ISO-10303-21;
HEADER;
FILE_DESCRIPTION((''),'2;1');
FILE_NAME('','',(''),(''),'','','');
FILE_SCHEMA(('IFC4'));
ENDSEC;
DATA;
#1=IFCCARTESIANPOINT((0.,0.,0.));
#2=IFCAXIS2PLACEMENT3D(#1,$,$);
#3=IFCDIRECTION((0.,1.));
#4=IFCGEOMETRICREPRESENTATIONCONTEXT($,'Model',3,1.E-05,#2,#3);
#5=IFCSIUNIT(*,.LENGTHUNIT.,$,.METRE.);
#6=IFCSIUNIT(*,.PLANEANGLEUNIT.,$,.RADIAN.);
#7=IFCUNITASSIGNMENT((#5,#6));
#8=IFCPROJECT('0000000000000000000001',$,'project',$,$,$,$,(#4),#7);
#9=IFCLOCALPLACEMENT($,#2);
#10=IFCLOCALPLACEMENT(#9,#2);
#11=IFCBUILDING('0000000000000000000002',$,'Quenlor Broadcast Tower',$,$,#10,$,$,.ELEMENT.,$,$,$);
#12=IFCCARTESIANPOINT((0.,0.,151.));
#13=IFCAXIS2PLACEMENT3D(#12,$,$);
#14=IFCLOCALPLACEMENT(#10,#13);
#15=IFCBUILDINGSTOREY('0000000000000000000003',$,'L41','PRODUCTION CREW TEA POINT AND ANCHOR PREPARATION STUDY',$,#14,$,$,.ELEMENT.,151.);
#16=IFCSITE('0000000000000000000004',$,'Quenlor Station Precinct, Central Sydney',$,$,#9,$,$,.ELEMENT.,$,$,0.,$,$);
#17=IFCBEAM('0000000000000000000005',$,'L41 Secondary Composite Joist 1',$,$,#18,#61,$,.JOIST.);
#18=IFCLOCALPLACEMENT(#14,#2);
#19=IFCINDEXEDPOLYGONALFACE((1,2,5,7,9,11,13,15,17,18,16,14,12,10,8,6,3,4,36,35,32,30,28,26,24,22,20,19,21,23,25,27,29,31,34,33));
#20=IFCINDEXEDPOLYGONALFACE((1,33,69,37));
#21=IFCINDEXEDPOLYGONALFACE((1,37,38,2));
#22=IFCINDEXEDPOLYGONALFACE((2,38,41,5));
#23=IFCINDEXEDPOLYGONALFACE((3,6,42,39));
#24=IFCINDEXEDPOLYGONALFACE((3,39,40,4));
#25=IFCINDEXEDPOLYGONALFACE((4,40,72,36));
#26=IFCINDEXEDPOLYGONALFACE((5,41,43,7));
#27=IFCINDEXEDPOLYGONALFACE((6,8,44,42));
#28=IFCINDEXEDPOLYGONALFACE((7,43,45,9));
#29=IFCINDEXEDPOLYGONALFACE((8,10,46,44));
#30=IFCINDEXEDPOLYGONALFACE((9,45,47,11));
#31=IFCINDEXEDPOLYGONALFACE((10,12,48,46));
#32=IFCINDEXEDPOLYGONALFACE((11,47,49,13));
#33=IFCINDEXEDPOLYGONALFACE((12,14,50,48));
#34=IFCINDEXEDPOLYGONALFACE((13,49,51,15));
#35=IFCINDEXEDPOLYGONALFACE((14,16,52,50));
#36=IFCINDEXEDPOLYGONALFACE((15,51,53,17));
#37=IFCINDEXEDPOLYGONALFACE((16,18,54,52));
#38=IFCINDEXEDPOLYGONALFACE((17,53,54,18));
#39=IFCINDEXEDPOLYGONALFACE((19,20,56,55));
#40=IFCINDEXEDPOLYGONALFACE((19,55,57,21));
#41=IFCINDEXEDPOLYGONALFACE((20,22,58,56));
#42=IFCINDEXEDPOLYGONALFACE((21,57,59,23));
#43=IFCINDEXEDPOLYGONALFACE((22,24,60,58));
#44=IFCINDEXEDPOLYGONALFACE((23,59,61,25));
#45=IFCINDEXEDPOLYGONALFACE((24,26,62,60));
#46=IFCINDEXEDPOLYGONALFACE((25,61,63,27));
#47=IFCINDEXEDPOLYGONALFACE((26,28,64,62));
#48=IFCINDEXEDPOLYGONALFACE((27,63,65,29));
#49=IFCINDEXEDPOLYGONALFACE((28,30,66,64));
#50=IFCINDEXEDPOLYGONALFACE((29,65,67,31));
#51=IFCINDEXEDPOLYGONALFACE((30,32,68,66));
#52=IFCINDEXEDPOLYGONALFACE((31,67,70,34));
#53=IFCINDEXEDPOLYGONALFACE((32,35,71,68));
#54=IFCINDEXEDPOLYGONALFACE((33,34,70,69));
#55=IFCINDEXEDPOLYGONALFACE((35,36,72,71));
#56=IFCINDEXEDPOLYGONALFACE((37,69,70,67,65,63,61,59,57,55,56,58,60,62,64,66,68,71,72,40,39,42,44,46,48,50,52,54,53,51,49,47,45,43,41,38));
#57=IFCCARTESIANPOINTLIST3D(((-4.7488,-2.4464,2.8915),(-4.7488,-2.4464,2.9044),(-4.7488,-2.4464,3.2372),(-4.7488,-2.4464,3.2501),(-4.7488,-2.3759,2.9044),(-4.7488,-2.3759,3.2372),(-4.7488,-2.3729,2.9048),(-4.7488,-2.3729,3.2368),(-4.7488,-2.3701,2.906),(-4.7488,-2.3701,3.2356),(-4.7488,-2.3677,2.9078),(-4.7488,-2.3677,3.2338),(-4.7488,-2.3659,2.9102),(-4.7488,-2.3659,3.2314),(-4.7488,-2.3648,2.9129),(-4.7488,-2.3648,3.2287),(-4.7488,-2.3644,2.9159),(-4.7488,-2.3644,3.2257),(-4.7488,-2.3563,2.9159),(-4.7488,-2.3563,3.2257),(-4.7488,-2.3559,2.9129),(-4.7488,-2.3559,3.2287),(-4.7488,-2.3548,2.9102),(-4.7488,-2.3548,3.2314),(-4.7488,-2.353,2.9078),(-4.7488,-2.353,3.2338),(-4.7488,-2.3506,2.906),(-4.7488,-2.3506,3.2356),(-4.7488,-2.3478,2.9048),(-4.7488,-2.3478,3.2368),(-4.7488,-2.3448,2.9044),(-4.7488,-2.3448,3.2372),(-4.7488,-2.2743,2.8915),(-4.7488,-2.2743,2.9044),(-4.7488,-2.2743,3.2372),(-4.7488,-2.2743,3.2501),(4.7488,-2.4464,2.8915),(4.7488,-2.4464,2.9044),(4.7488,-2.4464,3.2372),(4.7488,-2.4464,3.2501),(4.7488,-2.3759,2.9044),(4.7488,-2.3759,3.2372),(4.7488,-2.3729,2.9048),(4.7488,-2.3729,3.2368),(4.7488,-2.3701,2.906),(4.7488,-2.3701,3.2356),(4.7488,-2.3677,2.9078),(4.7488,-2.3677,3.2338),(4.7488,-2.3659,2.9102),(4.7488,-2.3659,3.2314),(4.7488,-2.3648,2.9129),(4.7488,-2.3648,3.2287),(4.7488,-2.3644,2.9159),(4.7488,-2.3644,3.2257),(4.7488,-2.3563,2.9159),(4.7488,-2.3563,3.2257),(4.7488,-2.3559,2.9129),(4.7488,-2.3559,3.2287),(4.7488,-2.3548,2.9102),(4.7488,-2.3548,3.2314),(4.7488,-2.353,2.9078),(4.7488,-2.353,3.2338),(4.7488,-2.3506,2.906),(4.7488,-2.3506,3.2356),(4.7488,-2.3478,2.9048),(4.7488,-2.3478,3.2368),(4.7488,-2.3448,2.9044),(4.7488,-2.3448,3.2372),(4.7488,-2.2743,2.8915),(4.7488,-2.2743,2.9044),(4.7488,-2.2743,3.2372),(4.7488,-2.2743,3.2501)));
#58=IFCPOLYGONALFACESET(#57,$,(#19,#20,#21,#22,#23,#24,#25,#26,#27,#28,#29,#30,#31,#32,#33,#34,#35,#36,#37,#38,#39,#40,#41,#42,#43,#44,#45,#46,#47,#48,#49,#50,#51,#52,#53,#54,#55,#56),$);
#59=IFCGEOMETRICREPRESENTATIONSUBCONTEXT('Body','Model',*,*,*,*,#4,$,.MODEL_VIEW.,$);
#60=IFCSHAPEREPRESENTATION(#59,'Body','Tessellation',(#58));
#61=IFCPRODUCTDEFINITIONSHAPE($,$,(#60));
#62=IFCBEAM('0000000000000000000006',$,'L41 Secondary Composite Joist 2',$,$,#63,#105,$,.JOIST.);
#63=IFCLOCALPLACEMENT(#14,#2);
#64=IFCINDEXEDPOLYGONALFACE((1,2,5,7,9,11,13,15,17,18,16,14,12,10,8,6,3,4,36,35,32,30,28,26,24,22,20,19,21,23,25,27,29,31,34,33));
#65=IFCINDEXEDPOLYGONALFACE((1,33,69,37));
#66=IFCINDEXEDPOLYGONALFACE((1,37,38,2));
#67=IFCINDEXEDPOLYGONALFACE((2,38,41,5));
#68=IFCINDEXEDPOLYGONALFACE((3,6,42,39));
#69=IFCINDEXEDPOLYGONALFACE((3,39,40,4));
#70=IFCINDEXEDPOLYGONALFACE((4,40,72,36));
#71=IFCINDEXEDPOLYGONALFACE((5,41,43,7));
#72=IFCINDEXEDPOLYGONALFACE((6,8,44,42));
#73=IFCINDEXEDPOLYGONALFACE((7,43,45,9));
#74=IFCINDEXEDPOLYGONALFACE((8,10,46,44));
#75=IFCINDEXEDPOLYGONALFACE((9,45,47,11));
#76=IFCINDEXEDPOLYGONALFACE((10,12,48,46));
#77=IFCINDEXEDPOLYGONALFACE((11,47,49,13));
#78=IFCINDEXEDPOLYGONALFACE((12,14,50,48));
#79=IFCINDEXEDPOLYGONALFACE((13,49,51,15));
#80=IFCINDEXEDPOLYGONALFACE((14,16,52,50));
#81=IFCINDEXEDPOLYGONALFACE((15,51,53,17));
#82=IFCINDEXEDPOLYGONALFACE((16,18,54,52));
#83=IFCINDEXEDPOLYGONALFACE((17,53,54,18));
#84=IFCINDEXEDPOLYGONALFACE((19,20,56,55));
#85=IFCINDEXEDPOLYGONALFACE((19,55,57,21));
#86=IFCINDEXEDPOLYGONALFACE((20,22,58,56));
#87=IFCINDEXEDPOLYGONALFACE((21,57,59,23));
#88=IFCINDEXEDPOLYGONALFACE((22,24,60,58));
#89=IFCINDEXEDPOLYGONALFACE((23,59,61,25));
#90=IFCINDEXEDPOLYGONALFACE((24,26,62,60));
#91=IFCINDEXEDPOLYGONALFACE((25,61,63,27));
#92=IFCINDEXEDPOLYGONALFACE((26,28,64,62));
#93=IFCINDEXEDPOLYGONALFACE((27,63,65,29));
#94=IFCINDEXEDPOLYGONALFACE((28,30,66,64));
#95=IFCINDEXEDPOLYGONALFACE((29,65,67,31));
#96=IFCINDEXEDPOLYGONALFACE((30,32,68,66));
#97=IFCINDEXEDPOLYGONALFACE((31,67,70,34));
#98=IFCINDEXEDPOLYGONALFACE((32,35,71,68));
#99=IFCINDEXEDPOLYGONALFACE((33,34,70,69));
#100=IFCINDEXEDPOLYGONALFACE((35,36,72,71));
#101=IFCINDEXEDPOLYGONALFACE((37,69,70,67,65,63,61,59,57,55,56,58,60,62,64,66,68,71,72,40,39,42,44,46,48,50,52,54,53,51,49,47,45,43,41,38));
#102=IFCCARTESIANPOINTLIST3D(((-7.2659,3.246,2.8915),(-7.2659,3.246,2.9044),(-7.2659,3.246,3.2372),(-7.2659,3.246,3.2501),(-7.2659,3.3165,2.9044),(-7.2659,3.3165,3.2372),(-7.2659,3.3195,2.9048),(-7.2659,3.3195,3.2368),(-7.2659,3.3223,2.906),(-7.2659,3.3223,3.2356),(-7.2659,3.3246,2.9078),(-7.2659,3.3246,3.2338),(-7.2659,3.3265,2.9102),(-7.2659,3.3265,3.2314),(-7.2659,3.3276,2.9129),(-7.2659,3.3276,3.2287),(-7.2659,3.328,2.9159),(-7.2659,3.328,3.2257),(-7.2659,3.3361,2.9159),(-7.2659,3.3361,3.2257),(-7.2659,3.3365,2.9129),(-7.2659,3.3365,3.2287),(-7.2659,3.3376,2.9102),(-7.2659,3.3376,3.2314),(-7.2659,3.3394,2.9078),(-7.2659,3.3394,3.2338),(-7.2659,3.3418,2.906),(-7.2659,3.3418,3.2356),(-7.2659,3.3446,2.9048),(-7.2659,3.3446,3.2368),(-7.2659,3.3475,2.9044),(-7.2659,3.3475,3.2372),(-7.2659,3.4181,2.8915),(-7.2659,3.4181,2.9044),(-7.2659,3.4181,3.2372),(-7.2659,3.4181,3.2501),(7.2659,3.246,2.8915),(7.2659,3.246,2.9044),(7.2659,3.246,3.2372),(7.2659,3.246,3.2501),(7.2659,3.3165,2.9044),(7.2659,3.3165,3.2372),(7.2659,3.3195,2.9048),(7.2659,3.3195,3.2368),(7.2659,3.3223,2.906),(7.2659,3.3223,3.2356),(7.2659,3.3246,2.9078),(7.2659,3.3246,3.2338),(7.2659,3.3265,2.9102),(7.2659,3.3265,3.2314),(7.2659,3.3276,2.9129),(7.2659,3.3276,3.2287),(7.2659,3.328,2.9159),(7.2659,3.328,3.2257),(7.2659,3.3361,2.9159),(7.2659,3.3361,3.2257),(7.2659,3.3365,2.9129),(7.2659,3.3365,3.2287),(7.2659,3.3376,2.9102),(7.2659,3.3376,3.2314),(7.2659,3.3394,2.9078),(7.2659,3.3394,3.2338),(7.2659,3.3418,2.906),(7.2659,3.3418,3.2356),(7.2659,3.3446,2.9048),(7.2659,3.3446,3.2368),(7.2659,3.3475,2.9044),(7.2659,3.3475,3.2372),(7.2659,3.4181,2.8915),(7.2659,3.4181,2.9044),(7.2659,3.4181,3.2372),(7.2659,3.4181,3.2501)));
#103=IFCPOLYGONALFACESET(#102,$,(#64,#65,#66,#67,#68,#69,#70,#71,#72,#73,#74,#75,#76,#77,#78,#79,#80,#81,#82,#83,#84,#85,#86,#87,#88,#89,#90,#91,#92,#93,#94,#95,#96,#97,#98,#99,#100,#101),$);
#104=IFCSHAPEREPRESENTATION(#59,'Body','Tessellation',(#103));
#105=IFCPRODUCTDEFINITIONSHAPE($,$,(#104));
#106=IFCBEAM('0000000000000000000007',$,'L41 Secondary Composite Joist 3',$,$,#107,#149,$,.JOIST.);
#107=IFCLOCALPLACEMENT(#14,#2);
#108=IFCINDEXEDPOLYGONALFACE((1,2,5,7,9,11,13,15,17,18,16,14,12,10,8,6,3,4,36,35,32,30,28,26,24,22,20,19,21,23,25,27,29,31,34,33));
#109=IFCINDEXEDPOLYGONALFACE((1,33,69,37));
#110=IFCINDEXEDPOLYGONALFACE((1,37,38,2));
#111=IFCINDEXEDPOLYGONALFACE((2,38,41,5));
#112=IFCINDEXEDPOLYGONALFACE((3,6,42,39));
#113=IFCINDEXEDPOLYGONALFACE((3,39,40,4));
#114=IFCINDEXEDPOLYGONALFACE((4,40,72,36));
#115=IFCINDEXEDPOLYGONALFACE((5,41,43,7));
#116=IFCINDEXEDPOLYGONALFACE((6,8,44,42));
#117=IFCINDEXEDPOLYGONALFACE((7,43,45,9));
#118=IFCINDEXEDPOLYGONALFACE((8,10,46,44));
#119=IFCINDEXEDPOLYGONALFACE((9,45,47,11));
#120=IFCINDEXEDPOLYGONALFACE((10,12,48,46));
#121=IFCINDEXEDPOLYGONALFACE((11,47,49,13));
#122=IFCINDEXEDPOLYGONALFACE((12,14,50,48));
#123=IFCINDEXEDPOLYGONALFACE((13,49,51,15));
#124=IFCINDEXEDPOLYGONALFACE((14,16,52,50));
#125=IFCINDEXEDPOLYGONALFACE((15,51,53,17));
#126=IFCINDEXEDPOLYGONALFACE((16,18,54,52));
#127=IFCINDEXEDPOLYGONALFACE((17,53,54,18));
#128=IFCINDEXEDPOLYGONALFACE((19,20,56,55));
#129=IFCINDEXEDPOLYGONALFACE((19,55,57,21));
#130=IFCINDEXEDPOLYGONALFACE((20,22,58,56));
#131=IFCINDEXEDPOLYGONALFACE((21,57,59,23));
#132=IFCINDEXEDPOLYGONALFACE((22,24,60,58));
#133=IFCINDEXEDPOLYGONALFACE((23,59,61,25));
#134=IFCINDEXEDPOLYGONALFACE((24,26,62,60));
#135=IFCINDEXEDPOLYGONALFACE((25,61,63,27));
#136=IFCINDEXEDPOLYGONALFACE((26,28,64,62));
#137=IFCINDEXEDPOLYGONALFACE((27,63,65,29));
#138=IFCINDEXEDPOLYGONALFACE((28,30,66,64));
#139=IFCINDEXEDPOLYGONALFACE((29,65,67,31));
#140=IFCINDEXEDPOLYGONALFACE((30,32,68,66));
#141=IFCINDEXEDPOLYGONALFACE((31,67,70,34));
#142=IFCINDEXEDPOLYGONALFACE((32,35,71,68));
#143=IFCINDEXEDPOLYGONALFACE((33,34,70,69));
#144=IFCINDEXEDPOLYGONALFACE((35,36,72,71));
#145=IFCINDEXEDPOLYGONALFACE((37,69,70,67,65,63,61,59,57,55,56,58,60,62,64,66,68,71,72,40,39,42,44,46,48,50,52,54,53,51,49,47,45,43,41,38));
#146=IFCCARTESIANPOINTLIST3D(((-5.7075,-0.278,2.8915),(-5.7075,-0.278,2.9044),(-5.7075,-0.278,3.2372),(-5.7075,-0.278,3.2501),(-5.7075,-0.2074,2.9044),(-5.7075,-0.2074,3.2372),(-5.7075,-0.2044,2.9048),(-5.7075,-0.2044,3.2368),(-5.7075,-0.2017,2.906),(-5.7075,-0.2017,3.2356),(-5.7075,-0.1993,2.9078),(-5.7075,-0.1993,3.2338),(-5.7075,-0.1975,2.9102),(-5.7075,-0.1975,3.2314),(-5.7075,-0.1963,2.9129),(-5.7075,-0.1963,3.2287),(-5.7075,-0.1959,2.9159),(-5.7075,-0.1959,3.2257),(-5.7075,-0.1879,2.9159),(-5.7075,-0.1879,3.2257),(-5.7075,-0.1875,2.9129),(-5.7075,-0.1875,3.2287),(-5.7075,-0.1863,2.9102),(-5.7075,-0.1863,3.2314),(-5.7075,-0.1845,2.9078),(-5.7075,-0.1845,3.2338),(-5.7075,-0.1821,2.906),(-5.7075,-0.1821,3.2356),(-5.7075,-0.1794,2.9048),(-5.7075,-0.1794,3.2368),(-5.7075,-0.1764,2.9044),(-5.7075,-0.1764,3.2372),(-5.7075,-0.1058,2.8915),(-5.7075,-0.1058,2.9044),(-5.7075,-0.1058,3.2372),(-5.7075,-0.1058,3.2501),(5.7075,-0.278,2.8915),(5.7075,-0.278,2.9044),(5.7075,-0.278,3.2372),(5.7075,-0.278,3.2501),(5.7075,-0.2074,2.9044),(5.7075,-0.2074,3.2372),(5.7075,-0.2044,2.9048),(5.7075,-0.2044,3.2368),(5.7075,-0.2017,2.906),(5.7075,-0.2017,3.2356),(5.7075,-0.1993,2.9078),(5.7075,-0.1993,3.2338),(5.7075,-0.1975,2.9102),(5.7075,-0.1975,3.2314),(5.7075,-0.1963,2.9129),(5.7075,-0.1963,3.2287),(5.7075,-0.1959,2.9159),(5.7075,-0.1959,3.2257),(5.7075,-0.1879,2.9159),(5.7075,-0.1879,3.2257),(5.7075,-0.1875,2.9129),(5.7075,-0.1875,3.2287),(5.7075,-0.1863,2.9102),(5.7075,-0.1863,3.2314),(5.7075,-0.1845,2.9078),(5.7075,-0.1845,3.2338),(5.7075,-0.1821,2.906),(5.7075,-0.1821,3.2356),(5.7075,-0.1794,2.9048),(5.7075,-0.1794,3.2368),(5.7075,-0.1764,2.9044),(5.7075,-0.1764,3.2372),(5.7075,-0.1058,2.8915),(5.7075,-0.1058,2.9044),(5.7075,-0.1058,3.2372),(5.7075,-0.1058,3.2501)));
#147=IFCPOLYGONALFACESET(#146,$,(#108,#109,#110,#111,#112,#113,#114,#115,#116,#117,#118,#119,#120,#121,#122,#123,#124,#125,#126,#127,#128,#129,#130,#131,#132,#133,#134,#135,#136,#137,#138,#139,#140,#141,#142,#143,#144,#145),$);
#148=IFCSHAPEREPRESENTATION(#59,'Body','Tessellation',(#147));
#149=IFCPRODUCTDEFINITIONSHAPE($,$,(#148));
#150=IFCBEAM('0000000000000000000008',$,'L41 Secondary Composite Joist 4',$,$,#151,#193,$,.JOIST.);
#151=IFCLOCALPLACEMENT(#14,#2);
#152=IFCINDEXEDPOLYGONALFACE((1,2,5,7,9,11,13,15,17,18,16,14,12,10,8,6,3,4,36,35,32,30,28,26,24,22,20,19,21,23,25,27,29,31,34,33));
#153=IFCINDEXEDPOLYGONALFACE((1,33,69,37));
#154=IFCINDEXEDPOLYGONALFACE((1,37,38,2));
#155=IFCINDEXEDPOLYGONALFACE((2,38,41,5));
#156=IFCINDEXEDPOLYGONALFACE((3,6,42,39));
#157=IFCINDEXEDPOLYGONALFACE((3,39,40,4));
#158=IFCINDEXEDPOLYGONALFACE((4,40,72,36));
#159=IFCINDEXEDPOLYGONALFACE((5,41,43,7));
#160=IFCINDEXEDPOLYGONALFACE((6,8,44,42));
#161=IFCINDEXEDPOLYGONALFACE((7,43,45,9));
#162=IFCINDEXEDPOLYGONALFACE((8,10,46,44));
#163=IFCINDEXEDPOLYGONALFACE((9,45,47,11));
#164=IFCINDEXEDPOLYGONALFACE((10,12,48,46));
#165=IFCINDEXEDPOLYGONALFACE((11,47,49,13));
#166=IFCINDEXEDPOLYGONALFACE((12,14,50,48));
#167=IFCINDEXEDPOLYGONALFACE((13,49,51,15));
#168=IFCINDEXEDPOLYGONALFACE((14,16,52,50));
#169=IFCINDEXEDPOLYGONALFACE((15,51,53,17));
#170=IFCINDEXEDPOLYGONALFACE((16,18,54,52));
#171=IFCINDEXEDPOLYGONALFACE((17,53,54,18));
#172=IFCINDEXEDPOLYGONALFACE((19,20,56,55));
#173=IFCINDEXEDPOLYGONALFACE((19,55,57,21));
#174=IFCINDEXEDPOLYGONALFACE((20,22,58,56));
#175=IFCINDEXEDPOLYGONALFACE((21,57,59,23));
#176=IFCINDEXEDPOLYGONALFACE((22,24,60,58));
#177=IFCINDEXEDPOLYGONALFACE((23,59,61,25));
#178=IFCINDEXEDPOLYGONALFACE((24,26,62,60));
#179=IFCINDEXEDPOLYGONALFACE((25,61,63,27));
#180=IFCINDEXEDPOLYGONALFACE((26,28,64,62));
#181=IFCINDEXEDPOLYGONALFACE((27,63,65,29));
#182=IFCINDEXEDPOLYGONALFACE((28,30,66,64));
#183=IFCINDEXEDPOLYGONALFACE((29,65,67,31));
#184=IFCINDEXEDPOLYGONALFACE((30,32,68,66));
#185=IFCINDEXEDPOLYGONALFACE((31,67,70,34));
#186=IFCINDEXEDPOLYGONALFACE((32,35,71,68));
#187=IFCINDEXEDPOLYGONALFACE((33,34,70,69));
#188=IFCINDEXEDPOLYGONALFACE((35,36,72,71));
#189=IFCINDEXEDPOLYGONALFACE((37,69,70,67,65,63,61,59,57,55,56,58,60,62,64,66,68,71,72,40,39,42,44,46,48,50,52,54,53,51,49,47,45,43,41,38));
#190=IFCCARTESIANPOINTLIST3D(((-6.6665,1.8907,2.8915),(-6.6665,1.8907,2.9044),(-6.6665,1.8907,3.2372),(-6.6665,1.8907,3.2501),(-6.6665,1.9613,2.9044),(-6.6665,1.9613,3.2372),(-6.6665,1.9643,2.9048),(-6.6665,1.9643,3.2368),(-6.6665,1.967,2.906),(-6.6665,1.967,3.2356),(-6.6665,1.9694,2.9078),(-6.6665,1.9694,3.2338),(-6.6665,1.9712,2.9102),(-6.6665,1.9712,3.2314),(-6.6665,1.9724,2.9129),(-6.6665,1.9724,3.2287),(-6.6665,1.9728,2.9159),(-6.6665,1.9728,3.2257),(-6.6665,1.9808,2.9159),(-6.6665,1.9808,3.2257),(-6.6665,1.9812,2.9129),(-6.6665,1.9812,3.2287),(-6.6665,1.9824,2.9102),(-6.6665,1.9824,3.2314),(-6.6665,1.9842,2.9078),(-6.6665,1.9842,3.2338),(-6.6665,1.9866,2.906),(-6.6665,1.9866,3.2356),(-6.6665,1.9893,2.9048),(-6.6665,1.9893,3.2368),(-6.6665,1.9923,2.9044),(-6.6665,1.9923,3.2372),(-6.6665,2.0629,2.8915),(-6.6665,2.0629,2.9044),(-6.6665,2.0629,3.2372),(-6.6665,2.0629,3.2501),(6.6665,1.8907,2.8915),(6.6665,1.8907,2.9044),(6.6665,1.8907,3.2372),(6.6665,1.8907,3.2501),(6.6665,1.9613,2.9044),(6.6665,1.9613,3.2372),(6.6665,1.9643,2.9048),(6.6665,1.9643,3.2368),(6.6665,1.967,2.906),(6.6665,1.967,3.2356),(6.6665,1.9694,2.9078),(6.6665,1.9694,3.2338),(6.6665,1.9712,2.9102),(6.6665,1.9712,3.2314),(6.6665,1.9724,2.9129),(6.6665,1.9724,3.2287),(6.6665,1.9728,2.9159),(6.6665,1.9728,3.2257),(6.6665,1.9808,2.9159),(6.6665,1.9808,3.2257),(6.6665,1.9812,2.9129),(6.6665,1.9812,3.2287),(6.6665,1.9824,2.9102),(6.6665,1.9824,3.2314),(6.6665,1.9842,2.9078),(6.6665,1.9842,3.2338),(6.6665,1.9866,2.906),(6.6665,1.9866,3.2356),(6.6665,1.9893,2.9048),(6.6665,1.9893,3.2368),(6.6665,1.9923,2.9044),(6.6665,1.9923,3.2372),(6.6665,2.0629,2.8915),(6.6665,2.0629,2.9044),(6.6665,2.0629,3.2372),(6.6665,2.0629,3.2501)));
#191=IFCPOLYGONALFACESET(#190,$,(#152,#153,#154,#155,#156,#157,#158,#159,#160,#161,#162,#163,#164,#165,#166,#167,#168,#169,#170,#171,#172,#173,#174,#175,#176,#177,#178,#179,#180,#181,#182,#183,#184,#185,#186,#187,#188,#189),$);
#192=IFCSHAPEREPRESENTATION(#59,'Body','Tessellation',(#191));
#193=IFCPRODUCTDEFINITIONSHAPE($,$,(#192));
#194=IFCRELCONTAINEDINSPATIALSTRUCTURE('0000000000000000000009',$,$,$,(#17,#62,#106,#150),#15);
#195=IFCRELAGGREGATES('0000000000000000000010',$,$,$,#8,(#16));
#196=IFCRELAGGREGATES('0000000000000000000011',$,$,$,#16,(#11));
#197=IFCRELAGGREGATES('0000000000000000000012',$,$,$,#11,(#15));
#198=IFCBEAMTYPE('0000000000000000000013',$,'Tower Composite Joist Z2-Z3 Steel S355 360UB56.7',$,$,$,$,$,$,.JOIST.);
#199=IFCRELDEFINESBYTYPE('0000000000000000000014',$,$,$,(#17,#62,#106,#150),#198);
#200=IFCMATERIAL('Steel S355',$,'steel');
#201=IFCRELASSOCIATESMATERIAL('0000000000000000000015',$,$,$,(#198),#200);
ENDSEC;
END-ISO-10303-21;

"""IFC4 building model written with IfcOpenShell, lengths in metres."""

from ifc_helpers import new_model, si_unit, direction, frame, origin, origin_2d, place, context, subcontext, project, spatial, i_section, extrude, material, material_profile, profile_set, type_object, element, save


model = new_model("IFC4")

# Units and contexts
model_context = context("Model", 3, precision=1e-05, world=origin(), true_north=direction((0.0, 1.0)))
body_context = subcontext(model_context, "Body", "Model", "MODEL_VIEW")
ifc_project = project(units=[si_unit("LENGTHUNIT", "METRE"), si_unit("PLANEANGLEUNIT", "RADIAN")], contexts=[model_context])

# Site, building, storey
site_placement = place(None, origin())
site = spatial("IfcSite", under=ifc_project, at=site_placement, Name="Quenlor Station Precinct, Central Sydney", CompositionType="ELEMENT", RefElevation=0.0)
building_placement = place(site_placement, origin())
building = spatial("IfcBuilding", under=site, at=building_placement, Name="Quenlor Broadcast Tower", CompositionType="ELEMENT")
storey_placement = place(building_placement, frame((0.0, 0.0, 151.0)))
storey = spatial("IfcBuildingStorey", under=building, at=storey_placement, Name="L41", Description="PRODUCTION CREW TEA POINT AND ANCHOR PREPARATION STUDY", CompositionType="ELEMENT", Elevation=151.0)

# Beams
ifc_material_1 = material(Name="Steel S355", Category="steel")
ifc_material_profile_1 = material_profile(ifc_material_1, i_section(OverallWidth=0.1721, OverallDepth=0.3586, WebThickness=0.0081, FlangeThickness=0.0129, FilletRadius=0.0115, at=origin_2d()))
ifc_profile_set_1 = profile_set([ifc_material_profile_1], Name="Steel S355 360UB56.7")
beam_type_1 = type_object("IfcBeamType", Name="Tower Composite Joist Z2-Z3 Steel S355 360UB56.7", PredefinedType="JOIST", material=ifc_profile_set_1)
beam_1_placement = place(storey_placement, frame((-4.7488, -2.3604, 3.0708), z_axis=(1.0, 0.0, 0.0), x_axis=(0.0, 1.0, 0.0)))
element("IfcBeam", 1, at=beam_1_placement, inside=storey, type_object=beam_type_1, Name="L41 Secondary Composite Joist 1", PredefinedType="JOIST", context=body_context, shape_type="SweptSolid", body=[
    extrude(i_section(OverallWidth=0.1721, OverallDepth=0.3586, WebThickness=0.0081, FlangeThickness=0.0129, FilletRadius=0.0115, at=origin_2d()), origin(), (0.0, 0.0, 1.0), 9.4976),
])
beam_2_placement = place(storey_placement, frame((-7.2659, 3.332, 3.0708), z_axis=(1.0, 0.0, 0.0), x_axis=(0.0, 1.0, 0.0)))
element("IfcBeam", 2, at=beam_2_placement, inside=storey, type_object=beam_type_1, Name="L41 Secondary Composite Joist 2", PredefinedType="JOIST", context=body_context, shape_type="SweptSolid", body=[
    extrude(i_section(OverallWidth=0.1721, OverallDepth=0.3586, WebThickness=0.0081, FlangeThickness=0.0129, FilletRadius=0.0115, at=origin_2d()), origin(), (0.0, 0.0, 1.0), 14.5317),
])
beam_3_placement = place(storey_placement, frame((-5.7075, -0.1919, 3.0708), z_axis=(1.0, 0.0, 0.0), x_axis=(0.0, 1.0, 0.0)))
element("IfcBeam", 3, at=beam_3_placement, inside=storey, type_object=beam_type_1, Name="L41 Secondary Composite Joist 3", PredefinedType="JOIST", context=body_context, shape_type="SweptSolid", body=[
    extrude(i_section(OverallWidth=0.1721, OverallDepth=0.3586, WebThickness=0.0081, FlangeThickness=0.0129, FilletRadius=0.0115, at=origin_2d()), origin(), (0.0, 0.0, 1.0), 11.415),
])
beam_4_placement = place(storey_placement, frame((-6.6665, 1.9768, 3.0708), z_axis=(1.0, 0.0, 0.0), x_axis=(0.0, 1.0, 0.0)))
element("IfcBeam", 4, at=beam_4_placement, inside=storey, type_object=beam_type_1, Name="L41 Secondary Composite Joist 4", PredefinedType="JOIST", context=body_context, shape_type="SweptSolid", body=[
    extrude(i_section(OverallWidth=0.1721, OverallDepth=0.3586, WebThickness=0.0081, FlangeThickness=0.0129, FilletRadius=0.0115, at=origin_2d()), origin(), (0.0, 0.0, 1.0), 13.333),
])

save(model, "model.ifc")
